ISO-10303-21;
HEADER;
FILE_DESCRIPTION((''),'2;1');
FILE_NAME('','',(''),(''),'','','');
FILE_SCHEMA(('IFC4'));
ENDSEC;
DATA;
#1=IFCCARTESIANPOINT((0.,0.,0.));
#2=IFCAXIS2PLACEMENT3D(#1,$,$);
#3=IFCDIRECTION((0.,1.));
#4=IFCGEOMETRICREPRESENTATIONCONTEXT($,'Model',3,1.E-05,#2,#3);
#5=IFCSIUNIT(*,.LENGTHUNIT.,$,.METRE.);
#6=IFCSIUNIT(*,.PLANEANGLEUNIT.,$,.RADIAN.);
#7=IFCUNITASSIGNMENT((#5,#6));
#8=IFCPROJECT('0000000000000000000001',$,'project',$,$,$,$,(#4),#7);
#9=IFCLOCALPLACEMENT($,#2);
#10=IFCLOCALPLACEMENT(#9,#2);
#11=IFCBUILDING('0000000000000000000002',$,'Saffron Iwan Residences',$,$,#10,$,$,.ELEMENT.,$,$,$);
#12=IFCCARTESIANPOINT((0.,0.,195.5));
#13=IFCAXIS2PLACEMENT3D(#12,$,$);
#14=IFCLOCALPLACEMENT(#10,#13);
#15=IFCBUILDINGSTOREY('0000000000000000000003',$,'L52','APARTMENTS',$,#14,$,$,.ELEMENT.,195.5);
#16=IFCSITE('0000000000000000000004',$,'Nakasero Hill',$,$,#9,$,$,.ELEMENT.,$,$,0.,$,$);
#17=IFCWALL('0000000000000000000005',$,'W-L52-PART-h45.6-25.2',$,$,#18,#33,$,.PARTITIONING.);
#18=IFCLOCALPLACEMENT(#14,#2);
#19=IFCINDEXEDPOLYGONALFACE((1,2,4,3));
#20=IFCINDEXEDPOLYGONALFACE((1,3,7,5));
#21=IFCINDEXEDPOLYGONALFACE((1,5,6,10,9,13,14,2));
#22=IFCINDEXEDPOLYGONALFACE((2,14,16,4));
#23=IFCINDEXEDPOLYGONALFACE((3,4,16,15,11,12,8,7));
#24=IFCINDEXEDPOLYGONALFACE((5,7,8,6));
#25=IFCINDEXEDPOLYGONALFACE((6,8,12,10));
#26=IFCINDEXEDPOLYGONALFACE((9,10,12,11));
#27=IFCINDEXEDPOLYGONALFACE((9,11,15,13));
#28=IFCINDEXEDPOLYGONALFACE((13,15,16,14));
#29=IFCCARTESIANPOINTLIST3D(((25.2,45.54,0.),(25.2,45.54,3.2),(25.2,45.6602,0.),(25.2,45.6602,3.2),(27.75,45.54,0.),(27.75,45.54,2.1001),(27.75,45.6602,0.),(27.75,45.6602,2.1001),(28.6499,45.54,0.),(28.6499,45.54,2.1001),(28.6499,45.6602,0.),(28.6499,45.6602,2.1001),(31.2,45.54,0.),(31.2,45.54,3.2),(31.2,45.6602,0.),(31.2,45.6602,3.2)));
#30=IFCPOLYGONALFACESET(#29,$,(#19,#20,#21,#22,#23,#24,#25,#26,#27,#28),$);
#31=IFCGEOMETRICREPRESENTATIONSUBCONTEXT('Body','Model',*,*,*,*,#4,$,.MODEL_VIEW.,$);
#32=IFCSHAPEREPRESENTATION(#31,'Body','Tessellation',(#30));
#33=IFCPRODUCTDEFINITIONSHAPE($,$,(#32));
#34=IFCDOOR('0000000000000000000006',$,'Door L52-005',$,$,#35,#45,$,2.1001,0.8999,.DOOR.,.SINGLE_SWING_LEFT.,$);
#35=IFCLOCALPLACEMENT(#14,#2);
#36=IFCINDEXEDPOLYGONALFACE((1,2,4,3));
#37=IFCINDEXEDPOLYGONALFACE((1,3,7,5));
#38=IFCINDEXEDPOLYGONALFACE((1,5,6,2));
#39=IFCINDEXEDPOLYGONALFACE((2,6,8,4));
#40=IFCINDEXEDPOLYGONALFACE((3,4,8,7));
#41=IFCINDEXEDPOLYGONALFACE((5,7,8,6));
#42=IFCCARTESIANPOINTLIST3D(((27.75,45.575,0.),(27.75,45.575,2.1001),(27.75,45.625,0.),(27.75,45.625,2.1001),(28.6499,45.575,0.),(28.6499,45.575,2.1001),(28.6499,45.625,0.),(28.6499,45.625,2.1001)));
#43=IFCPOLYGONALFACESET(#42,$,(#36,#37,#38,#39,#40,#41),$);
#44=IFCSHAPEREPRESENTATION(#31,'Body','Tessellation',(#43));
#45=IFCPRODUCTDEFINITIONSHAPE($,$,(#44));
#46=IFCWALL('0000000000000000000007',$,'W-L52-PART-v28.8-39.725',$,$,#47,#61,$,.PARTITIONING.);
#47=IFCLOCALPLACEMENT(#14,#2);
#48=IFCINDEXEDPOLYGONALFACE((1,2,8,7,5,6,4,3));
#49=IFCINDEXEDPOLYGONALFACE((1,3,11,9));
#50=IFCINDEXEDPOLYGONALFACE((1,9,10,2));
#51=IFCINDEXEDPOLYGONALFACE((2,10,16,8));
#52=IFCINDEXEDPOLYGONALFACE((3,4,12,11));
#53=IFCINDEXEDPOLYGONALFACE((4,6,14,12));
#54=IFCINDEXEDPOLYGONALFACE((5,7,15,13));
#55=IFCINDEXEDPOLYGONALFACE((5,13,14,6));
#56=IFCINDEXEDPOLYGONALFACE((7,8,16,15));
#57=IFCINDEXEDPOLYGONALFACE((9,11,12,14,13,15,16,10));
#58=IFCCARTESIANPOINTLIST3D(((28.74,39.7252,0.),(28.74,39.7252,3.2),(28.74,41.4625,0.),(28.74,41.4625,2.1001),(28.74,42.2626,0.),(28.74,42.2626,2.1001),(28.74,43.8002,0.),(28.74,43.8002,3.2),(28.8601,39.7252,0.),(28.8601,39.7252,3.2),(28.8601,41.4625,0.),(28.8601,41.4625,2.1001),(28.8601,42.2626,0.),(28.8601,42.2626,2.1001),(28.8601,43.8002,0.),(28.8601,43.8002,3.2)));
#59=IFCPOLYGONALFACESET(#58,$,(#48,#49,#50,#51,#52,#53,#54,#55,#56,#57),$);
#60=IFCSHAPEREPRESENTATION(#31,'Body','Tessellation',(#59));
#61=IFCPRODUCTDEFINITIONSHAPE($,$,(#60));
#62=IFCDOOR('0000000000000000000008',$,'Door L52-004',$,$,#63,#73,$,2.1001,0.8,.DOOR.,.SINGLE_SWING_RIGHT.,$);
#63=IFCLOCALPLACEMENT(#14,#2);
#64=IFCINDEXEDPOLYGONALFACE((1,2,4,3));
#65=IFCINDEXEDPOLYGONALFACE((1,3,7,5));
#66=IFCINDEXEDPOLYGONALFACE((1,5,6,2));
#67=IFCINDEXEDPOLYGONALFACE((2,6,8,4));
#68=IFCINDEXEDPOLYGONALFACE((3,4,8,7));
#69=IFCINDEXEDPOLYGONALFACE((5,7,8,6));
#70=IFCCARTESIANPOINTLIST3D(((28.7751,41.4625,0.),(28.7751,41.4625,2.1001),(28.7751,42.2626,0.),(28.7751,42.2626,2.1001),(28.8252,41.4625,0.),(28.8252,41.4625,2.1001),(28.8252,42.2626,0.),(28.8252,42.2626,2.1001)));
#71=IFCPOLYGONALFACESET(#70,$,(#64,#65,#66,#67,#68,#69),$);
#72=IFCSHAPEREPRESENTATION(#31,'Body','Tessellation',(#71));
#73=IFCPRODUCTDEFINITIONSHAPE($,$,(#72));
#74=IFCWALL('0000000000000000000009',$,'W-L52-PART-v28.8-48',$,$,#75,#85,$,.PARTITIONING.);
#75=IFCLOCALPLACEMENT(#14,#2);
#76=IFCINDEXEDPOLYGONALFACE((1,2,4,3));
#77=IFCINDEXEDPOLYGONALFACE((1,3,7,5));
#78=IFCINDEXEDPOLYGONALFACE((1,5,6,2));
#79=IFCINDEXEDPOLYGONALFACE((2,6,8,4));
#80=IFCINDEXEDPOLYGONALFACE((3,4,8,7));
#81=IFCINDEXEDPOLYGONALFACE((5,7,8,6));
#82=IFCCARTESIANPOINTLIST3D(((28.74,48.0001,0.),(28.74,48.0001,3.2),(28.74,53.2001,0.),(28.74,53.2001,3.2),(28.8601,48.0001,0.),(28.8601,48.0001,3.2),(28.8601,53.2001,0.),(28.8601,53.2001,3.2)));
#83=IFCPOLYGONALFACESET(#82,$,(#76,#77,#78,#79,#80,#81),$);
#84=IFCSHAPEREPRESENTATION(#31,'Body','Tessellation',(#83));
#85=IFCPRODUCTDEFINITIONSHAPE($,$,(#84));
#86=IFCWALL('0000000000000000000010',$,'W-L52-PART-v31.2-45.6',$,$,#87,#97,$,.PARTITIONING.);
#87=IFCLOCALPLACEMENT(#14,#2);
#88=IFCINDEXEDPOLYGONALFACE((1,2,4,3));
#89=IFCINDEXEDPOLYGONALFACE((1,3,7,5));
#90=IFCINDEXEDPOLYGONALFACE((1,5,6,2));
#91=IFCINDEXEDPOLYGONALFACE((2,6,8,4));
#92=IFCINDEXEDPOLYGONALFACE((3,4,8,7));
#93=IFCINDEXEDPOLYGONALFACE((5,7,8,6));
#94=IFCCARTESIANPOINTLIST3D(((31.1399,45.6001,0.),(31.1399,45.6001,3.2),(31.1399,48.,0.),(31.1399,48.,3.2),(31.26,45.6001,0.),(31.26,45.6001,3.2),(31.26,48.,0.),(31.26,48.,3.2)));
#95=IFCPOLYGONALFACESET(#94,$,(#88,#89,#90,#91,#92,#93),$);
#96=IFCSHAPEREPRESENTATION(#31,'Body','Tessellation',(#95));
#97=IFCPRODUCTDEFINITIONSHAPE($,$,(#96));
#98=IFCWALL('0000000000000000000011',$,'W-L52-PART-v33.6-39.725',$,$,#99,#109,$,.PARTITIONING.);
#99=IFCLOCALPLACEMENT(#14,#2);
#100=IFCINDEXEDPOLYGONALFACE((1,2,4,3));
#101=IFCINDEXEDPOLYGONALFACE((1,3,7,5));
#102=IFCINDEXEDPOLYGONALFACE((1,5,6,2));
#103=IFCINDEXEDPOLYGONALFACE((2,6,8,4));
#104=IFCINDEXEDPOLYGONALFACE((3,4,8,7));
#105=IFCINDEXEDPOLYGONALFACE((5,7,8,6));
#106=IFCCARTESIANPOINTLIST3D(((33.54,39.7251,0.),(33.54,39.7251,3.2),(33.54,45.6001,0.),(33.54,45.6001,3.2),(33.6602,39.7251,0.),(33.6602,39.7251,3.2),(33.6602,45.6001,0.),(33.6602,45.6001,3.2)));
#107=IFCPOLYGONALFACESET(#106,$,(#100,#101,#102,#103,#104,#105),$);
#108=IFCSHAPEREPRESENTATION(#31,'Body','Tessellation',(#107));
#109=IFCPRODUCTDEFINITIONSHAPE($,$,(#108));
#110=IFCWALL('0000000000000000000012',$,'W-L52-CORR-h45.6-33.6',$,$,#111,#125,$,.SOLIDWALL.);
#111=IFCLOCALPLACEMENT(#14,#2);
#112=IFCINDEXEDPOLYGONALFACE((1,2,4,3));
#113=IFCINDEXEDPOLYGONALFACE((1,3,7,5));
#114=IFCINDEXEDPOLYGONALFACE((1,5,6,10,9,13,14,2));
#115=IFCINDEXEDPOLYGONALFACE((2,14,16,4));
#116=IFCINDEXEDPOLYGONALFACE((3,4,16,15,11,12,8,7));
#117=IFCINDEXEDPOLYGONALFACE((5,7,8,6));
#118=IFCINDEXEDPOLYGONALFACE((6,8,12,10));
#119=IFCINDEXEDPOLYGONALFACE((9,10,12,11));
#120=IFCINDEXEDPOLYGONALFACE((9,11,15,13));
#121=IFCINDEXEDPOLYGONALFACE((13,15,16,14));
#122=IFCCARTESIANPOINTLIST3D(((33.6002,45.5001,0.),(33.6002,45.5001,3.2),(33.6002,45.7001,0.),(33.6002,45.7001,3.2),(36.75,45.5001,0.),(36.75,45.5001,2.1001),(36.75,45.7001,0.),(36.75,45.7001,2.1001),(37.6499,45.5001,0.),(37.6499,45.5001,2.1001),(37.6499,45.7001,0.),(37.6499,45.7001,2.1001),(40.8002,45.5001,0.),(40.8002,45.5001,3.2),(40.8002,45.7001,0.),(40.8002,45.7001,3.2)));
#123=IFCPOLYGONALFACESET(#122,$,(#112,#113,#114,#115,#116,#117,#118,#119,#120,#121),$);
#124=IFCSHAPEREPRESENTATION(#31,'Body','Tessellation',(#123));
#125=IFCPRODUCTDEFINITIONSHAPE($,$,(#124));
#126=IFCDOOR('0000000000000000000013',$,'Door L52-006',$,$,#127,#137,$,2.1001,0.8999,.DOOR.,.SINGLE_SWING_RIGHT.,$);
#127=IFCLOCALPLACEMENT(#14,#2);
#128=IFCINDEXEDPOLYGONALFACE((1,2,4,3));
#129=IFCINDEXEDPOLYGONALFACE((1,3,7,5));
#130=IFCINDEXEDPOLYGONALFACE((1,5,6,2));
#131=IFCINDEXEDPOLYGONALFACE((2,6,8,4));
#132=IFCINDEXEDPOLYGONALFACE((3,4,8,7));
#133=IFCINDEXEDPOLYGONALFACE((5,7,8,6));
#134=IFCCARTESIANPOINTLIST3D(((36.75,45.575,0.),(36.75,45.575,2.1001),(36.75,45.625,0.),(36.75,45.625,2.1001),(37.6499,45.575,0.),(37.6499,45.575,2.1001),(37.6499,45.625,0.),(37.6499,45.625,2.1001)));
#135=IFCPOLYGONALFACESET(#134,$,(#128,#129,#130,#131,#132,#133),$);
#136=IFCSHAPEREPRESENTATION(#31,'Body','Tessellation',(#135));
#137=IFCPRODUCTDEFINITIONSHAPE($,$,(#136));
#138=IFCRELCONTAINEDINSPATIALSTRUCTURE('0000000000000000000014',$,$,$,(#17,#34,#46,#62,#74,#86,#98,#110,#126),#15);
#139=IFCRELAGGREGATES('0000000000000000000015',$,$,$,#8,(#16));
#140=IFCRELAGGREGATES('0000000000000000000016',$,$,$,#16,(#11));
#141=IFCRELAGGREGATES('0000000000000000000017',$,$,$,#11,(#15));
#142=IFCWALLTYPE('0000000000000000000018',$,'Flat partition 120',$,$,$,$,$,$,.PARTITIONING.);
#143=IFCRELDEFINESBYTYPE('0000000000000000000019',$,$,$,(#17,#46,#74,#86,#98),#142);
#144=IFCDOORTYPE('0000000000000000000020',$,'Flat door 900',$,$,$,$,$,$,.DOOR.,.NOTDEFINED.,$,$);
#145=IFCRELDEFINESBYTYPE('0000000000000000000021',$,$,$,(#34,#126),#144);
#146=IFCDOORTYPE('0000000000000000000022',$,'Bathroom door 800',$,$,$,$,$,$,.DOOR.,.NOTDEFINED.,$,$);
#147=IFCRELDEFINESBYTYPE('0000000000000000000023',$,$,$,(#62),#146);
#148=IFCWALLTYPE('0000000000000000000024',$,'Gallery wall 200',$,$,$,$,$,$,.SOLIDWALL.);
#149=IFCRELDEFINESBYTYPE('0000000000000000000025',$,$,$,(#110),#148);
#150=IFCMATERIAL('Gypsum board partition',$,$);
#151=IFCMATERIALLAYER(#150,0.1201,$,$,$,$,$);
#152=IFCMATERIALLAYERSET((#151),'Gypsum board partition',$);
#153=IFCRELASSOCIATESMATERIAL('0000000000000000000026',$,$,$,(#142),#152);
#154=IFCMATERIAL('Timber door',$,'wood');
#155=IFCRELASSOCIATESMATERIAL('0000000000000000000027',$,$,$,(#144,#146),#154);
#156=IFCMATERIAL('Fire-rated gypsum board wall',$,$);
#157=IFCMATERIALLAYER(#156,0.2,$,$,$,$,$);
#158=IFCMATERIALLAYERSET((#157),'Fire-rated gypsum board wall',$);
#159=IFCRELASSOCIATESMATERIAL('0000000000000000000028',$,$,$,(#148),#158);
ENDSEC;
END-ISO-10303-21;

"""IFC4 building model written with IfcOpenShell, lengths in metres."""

from ifc_helpers import new_model, si_unit, direction, frame, frame_2d, origin, place, context, subcontext, project, spatial, rectangle, extrude, material, layer, layer_set, type_object, element, fill, save


model = new_model("IFC4")

# Units and contexts
model_context = context("Model", 3, precision=1e-05, world=origin(), true_north=direction((0.0, 1.0)))
body_context = subcontext(model_context, "Body", "Model", "MODEL_VIEW")
ifc_project = project(units=[si_unit("LENGTHUNIT", "METRE"), si_unit("PLANEANGLEUNIT", "RADIAN")], contexts=[model_context])

# Site, building, storey
site_placement = place(None, origin())
site = spatial("IfcSite", under=ifc_project, at=site_placement, Name="Nakasero Hill", CompositionType="ELEMENT", RefElevation=0.0)
building_placement = place(site_placement, origin())
building = spatial("IfcBuilding", under=site, at=building_placement, Name="Saffron Iwan Residences", CompositionType="ELEMENT")
storey_placement = place(building_placement, frame((0.0, 0.0, 195.5)))
storey = spatial("IfcBuildingStorey", under=building, at=storey_placement, Name="L52", Description="APARTMENTS", CompositionType="ELEMENT", Elevation=195.5)

# Walls, openings, doors
ifc_material_1 = material(Name="Gypsum board partition")
ifc_layer_1 = layer(ifc_material_1, 0.1201)
ifc_layer_set_1 = layer_set([ifc_layer_1], Name="Gypsum board partition")
wall_type_1 = type_object("IfcWallType", Name="Flat partition 120", PredefinedType="PARTITIONING", material=ifc_layer_set_1)
ifc_material_2 = material(Name="Timber door", Category="wood")
door_type_1 = type_object("IfcDoorType", Name="Flat door 900", OperationType="NOTDEFINED", PredefinedType="DOOR", material=ifc_material_2)
wall_1_placement = place(storey_placement, frame((25.2, 45.6001, 0.0), z_axis=(0.0, 0.0, 1.0), x_axis=(1.0, 0.0, 0.0)))
wall_1 = element("IfcWall", 1, at=wall_1_placement, inside=storey, type_object=wall_type_1, Name="W-L52-PART-h45.6-25.2", PredefinedType="PARTITIONING", context=body_context, shape_type="SweptSolid", body=[
    extrude(rectangle(XDim=6.0, YDim=0.1201, at=frame_2d((3.0, 0.0))), origin(), (0.0, 0.0, 1.0), 3.2),
])
opening_1_placement = place(wall_1_placement, frame((2.55, 0.0, 0.0)))
opening_1 = element("IfcOpeningElement", 2, at=opening_1_placement, cuts=wall_1, PredefinedType="OPENING", context=body_context, shape_type="SweptSolid", body=[
    extrude(rectangle(XDim=0.8999, YDim=2.1001, at=frame_2d((0.45, 1.05))), frame((0.0, 0.0701, 0.0), z_axis=(0.0, -1.0, 0.0), x_axis=(1.0, 0.0, 0.0)), (0.0, 0.0, 1.0), 0.1401),
])
door_1_placement = place(opening_1_placement, origin())
door_1 = element("IfcDoor", 3, at=door_1_placement, inside=storey, type_object=door_type_1, Name="Door L52-005", OperationType="SINGLE_SWING_LEFT", OverallHeight=2.1001, OverallWidth=0.8999, PredefinedType="DOOR", context=body_context, shape_type="SweptSolid", body=[
    extrude(rectangle(XDim=0.8999, YDim=2.1001, at=frame_2d((0.45, 1.05))), frame((0.0, 0.0249, 0.0), z_axis=(0.0, -1.0, 0.0), x_axis=(1.0, 0.0, 0.0)), (0.0, 0.0, 1.0), 0.05),
])
fill(opening_1, door_1)
wall_2_placement = place(storey_placement, frame((28.8, 39.7251, 0.0), z_axis=(0.0, 0.0, 1.0), x_axis=(0.0, 1.0, 0.0)))
wall_2 = element("IfcWall", 4, at=wall_2_placement, inside=storey, type_object=wall_type_1, Name="W-L52-PART-v28.8-39.725", PredefinedType="PARTITIONING", context=body_context, shape_type="SweptSolid", body=[
    extrude(rectangle(XDim=4.075, YDim=0.1201, at=frame_2d((2.0376, 0.0))), origin(), (0.0, 0.0, 1.0), 3.2),
])
opening_2_placement = place(wall_2_placement, frame((1.7375, 0.0, 0.0)))
opening_2 = element("IfcOpeningElement", 5, at=opening_2_placement, cuts=wall_2, PredefinedType="OPENING", context=body_context, shape_type="SweptSolid", body=[
    extrude(rectangle(XDim=0.8, YDim=2.1001, at=frame_2d((0.3999, 1.05))), frame((0.0, 0.0701, 0.0), z_axis=(0.0, -1.0, 0.0), x_axis=(1.0, 0.0, 0.0)), (0.0, 0.0, 1.0), 0.1401),
])
door_type_2 = type_object("IfcDoorType", Name="Bathroom door 800", OperationType="NOTDEFINED", PredefinedType="DOOR", material=ifc_material_2)
door_2_placement = place(opening_2_placement, origin())
door_2 = element("IfcDoor", 6, at=door_2_placement, inside=storey, type_object=door_type_2, Name="Door L52-004", OperationType="SINGLE_SWING_RIGHT", OverallHeight=2.1001, OverallWidth=0.8, PredefinedType="DOOR", context=body_context, shape_type="SweptSolid", body=[
    extrude(rectangle(XDim=0.8, YDim=2.1001, at=frame_2d((0.3999, 1.05))), frame((0.0, 0.0249, 0.0), z_axis=(0.0, -1.0, 0.0), x_axis=(1.0, 0.0, 0.0)), (0.0, 0.0, 1.0), 0.05),
])
fill(opening_2, door_2)

# Walls
wall_3_placement = place(storey_placement, frame((28.8, 48.0, 0.0), z_axis=(0.0, 0.0, 1.0), x_axis=(0.0, 1.0, 0.0)))
element("IfcWall", 7, at=wall_3_placement, inside=storey, type_object=wall_type_1, Name="W-L52-PART-v28.8-48", PredefinedType="PARTITIONING", context=body_context, shape_type="SweptSolid", body=[
    extrude(rectangle(XDim=5.2, YDim=0.1201, at=frame_2d((2.6001, 0.0))), origin(), (0.0, 0.0, 1.0), 3.2),
])
wall_4_placement = place(storey_placement, frame((31.2, 45.6001, 0.0), z_axis=(0.0, 0.0, 1.0), x_axis=(0.0, 1.0, 0.0)))
element("IfcWall", 8, at=wall_4_placement, inside=storey, type_object=wall_type_1, Name="W-L52-PART-v31.2-45.6", PredefinedType="PARTITIONING", context=body_context, shape_type="SweptSolid", body=[
    extrude(rectangle(XDim=2.3999, YDim=0.1201, at=frame_2d((1.2, 0.0))), origin(), (0.0, 0.0, 1.0), 3.2),
])
wall_5_placement = place(storey_placement, frame((33.6001, 39.7251, 0.0), z_axis=(0.0, 0.0, 1.0), x_axis=(0.0, 1.0, 0.0)))
element("IfcWall", 9, at=wall_5_placement, inside=storey, type_object=wall_type_1, Name="W-L52-PART-v33.6-39.725", PredefinedType="PARTITIONING", context=body_context, shape_type="SweptSolid", body=[
    extrude(rectangle(XDim=5.875, YDim=0.1201, at=frame_2d((2.9375, 0.0))), origin(), (0.0, 0.0, 1.0), 3.2),
])

# Wall, opening, door
ifc_material_3 = material(Name="Fire-rated gypsum board wall")
ifc_layer_2 = layer(ifc_material_3, 0.2)
ifc_layer_set_2 = layer_set([ifc_layer_2], Name="Fire-rated gypsum board wall")
wall_type_2 = type_object("IfcWallType", Name="Gallery wall 200", PredefinedType="SOLIDWALL", material=ifc_layer_set_2)
wall_6_placement = place(storey_placement, frame((33.6001, 45.6001, 0.0), z_axis=(0.0, 0.0, 1.0), x_axis=(1.0, 0.0, 0.0)))
wall_6 = element("IfcWall", 10, at=wall_6_placement, inside=storey, type_object=wall_type_2, Name="W-L52-CORR-h45.6-33.6", PredefinedType="SOLIDWALL", context=body_context, shape_type="SweptSolid", body=[
    extrude(rectangle(XDim=7.2, YDim=0.2, at=frame_2d((3.6001, 0.0))), origin(), (0.0, 0.0, 1.0), 3.2),
])
opening_3_placement = place(wall_6_placement, frame((3.1499, 0.0, 0.0)))
opening_3 = element("IfcOpeningElement", 11, at=opening_3_placement, cuts=wall_6, PredefinedType="OPENING", context=body_context, shape_type="SweptSolid", body=[
    extrude(rectangle(XDim=0.8999, YDim=2.1001, at=frame_2d((0.45, 1.05))), frame((0.0, 0.1099, 0.0), z_axis=(0.0, -1.0, 0.0), x_axis=(1.0, 0.0, 0.0)), (0.0, 0.0, 1.0), 0.22),
])
door_3_placement = place(opening_3_placement, origin())
door_3 = element("IfcDoor", 12, at=door_3_placement, inside=storey, type_object=door_type_1, Name="Door L52-006", OperationType="SINGLE_SWING_RIGHT", OverallHeight=2.1001, OverallWidth=0.8999, PredefinedType="DOOR", context=body_context, shape_type="SweptSolid", body=[
    extrude(rectangle(XDim=0.8999, YDim=2.1001, at=frame_2d((0.45, 1.05))), frame((0.0, 0.0249, 0.0), z_axis=(0.0, -1.0, 0.0), x_axis=(1.0, 0.0, 0.0)), (0.0, 0.0, 1.0), 0.05),
])
fill(opening_3, door_3)

save(model, "model.ifc")
